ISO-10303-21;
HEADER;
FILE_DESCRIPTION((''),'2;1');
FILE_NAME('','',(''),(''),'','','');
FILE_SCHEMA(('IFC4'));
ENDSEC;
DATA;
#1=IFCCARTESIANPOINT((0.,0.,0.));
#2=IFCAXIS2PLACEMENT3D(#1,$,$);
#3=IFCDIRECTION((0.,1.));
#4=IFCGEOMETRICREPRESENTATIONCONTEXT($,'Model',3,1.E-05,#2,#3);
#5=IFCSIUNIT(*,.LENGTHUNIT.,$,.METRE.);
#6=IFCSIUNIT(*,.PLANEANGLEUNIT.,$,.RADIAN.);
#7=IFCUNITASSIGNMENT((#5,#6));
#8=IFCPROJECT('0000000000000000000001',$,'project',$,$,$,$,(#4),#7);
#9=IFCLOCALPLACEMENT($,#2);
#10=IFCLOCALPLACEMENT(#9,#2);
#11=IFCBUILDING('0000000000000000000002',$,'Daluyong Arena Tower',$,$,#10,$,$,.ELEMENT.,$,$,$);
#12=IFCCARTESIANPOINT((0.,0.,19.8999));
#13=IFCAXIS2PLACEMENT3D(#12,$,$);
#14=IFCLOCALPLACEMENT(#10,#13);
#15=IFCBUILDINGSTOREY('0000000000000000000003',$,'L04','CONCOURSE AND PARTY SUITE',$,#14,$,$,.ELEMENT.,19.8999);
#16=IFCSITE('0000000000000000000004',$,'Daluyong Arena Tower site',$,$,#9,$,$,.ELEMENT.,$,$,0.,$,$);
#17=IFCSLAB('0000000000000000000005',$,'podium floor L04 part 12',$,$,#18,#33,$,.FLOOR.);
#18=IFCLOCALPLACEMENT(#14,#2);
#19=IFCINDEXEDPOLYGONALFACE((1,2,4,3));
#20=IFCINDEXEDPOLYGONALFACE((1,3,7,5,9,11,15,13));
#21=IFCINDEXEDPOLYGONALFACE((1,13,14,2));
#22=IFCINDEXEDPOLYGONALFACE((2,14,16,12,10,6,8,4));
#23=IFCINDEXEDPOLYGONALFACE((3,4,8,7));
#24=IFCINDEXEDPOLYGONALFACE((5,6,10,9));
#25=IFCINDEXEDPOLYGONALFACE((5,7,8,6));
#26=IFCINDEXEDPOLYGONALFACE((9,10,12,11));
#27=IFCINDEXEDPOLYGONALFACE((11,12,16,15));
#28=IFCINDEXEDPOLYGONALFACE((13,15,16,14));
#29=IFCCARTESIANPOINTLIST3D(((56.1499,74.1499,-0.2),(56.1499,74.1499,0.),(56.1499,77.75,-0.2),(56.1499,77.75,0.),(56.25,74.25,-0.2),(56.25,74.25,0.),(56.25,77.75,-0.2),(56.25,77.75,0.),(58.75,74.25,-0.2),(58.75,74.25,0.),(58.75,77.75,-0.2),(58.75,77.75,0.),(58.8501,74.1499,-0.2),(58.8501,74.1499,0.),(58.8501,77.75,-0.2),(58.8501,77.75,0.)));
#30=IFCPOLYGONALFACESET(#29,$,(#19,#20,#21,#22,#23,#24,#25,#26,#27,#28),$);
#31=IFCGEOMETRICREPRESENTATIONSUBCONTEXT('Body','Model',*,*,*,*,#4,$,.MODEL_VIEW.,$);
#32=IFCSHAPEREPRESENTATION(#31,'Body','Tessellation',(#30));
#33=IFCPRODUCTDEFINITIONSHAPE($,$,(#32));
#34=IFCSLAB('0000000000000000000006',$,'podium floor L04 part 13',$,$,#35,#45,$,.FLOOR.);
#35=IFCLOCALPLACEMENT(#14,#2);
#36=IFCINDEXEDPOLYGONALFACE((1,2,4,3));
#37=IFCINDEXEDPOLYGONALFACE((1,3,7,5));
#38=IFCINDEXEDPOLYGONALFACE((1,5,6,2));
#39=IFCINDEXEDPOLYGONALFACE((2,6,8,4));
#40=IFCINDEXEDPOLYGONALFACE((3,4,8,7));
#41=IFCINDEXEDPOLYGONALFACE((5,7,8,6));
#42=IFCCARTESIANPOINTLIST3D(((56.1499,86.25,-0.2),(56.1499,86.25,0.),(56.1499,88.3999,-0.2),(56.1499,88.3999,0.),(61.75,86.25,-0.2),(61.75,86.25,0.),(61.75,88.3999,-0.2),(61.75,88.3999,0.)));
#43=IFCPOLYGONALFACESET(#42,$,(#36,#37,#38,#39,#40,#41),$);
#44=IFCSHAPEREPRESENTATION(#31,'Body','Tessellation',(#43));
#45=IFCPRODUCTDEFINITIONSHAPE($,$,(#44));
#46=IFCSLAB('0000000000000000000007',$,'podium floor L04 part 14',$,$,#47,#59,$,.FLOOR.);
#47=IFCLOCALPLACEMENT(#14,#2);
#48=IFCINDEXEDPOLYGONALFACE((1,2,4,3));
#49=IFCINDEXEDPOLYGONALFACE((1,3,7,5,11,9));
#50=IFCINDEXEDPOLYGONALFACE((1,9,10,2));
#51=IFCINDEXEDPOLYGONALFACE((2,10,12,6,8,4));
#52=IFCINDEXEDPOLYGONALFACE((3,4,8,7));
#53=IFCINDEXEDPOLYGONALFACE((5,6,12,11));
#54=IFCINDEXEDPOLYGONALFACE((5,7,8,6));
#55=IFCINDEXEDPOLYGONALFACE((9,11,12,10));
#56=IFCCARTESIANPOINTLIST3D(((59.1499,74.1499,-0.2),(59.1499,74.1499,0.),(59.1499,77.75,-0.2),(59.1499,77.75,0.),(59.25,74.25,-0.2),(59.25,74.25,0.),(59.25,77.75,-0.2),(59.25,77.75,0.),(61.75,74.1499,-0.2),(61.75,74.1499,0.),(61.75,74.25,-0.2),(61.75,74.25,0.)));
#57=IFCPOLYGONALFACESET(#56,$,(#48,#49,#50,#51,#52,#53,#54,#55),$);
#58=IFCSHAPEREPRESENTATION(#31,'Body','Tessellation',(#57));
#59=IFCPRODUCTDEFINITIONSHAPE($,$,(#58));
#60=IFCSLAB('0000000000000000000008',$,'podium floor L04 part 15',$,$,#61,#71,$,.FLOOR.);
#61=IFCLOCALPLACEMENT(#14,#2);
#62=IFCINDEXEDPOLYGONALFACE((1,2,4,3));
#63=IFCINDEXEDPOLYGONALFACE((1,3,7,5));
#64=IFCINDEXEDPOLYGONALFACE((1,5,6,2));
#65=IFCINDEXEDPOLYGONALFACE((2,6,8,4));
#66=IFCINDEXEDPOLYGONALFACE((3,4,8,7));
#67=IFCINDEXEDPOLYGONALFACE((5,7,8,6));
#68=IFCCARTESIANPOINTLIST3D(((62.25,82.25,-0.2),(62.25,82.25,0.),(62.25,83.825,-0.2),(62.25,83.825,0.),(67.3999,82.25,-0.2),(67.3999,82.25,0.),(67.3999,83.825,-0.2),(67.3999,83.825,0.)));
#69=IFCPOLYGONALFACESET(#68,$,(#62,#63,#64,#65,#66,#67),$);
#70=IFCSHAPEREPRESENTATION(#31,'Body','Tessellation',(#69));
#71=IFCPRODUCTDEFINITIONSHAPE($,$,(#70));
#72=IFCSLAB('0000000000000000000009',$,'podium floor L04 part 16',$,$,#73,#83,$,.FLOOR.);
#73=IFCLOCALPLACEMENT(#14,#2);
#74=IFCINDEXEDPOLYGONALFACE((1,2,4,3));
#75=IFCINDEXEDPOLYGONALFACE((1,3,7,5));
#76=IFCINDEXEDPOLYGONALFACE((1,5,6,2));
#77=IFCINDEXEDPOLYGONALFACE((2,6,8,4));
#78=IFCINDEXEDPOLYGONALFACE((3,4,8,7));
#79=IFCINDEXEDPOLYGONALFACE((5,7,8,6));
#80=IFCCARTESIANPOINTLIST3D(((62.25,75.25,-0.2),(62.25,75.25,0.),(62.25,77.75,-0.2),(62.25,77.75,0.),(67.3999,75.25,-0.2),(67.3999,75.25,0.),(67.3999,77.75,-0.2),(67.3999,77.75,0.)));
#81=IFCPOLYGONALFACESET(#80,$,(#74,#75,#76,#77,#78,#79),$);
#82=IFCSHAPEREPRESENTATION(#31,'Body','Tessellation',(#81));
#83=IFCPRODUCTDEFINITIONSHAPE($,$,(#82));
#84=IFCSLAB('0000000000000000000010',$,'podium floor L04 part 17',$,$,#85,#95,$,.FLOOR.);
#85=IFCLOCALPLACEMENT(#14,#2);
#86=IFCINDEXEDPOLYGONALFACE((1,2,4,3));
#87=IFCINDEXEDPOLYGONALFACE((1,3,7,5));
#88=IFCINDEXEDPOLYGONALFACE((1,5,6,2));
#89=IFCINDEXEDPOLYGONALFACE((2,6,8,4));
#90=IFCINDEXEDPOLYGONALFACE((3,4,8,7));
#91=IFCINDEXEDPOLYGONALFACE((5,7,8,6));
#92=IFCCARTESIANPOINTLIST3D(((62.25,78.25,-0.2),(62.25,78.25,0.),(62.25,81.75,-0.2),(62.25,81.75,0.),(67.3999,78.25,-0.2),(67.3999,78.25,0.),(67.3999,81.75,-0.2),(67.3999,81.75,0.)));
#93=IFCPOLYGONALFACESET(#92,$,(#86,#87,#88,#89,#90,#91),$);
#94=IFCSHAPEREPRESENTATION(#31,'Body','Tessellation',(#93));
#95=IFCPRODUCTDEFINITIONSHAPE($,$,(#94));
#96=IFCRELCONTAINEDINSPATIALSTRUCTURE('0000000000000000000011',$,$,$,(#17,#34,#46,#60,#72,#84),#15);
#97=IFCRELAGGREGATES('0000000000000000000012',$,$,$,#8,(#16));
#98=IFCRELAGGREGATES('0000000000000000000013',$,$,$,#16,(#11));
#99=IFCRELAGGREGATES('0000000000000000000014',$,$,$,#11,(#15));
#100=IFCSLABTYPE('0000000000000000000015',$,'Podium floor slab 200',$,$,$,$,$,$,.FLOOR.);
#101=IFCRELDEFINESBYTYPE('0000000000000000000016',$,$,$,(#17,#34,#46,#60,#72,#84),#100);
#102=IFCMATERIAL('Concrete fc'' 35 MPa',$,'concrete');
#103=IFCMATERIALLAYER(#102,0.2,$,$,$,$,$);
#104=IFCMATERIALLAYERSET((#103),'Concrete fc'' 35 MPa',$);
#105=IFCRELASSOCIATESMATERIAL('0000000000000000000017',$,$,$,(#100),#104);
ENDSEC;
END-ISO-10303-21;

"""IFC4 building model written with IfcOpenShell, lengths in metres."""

from ifc_helpers import new_model, si_unit, direction, frame, origin, place, context, subcontext, project, spatial, polyline, outline, extrude, material, layer, layer_set, type_object, element, save


model = new_model("IFC4")

# Units and contexts
model_context = context("Model", 3, precision=1e-05, world=origin(), true_north=direction((0.0, 1.0)))
body_context = subcontext(model_context, "Body", "Model", "MODEL_VIEW")
ifc_project = project(units=[si_unit("LENGTHUNIT", "METRE"), si_unit("PLANEANGLEUNIT", "RADIAN")], contexts=[model_context])

# Site, building, storey
site_placement = place(None, origin())
site = spatial("IfcSite", under=ifc_project, at=site_placement, Name="Daluyong Arena Tower site", CompositionType="ELEMENT", RefElevation=0.0)
building_placement = place(site_placement, origin())
building = spatial("IfcBuilding", under=site, at=building_placement, Name="Daluyong Arena Tower", CompositionType="ELEMENT")
storey_placement = place(building_placement, frame((0.0, 0.0, 19.8999)))
storey = spatial("IfcBuildingStorey", under=building, at=storey_placement, Name="L04", Description="CONCOURSE AND PARTY SUITE", CompositionType="ELEMENT", Elevation=19.8999)

# Slabs
ifc_material_1 = material(Name="Concrete fc' 35 MPa", Category="concrete")
ifc_layer_1 = layer(ifc_material_1, 0.2)
ifc_layer_set_1 = layer_set([ifc_layer_1], Name="Concrete fc' 35 MPa")
slab_type = type_object("IfcSlabType", Name="Podium floor slab 200", PredefinedType="FLOOR", material=ifc_layer_set_1)
slab_1_placement = place(storey_placement, frame((0.0, 0.0, -0.2)))
element("IfcSlab", 1, at=slab_1_placement, inside=storey, type_object=slab_type, Name="podium floor L04 part 12", PredefinedType="FLOOR", context=body_context, shape_type="SweptSolid", body=[
    extrude(outline(polyline([(56.25, 74.25), (56.25, 77.75), (56.1499, 77.75), (56.1499, 74.1499), (58.8501, 74.1499), (58.8501, 77.75), (58.75, 77.75), (58.75, 74.25), (56.25, 74.25)])), origin(), (0.0, 0.0, 1.0), 0.2),
])
slab_2_placement = place(storey_placement, frame((0.0, 0.0, -0.2)))
element("IfcSlab", 2, at=slab_2_placement, inside=storey, type_object=slab_type, Name="podium floor L04 part 13", PredefinedType="FLOOR", context=body_context, shape_type="SweptSolid", body=[
    extrude(outline(polyline([(56.1499, 86.25), (61.75, 86.25), (61.75, 88.3999), (56.1499, 88.3999), (56.1499, 86.25)])), origin(), (0.0, 0.0, 1.0), 0.2),
])
slab_3_placement = place(storey_placement, frame((0.0, 0.0, -0.2)))
element("IfcSlab", 3, at=slab_3_placement, inside=storey, type_object=slab_type, Name="podium floor L04 part 14", PredefinedType="FLOOR", context=body_context, shape_type="SweptSolid", body=[
    extrude(outline(polyline([(59.1499, 74.1499), (61.75, 74.1499), (61.75, 74.25), (59.25, 74.25), (59.25, 77.75), (59.1499, 77.75), (59.1499, 74.1499)])), origin(), (0.0, 0.0, 1.0), 0.2),
])
slab_4_placement = place(storey_placement, frame((0.0, 0.0, -0.2)))
element("IfcSlab", 4, at=slab_4_placement, inside=storey, type_object=slab_type, Name="podium floor L04 part 15", PredefinedType="FLOOR", context=body_context, shape_type="SweptSolid", body=[
    extrude(outline(polyline([(67.3999, 82.25), (67.3999, 83.825), (62.25, 83.825), (62.25, 82.25), (67.3999, 82.25)])), origin(), (0.0, 0.0, 1.0), 0.2),
])
slab_5_placement = place(storey_placement, frame((0.0, 0.0, -0.2)))
element("IfcSlab", 5, at=slab_5_placement, inside=storey, type_object=slab_type, Name="podium floor L04 part 16", PredefinedType="FLOOR", context=body_context, shape_type="SweptSolid", body=[
    extrude(outline(polyline([(67.3999, 75.25), (67.3999, 77.75), (62.25, 77.75), (62.25, 75.25), (67.3999, 75.25)])), origin(), (0.0, 0.0, 1.0), 0.2),
])
slab_6_placement = place(storey_placement, frame((0.0, 0.0, -0.2)))
element("IfcSlab", 6, at=slab_6_placement, inside=storey, type_object=slab_type, Name="podium floor L04 part 17", PredefinedType="FLOOR", context=body_context, shape_type="SweptSolid", body=[
    extrude(outline(polyline([(67.3999, 78.25), (67.3999, 81.75), (62.25, 81.75), (62.25, 78.25), (67.3999, 78.25)])), origin(), (0.0, 0.0, 1.0), 0.2),
])

save(model, "model.ifc")
